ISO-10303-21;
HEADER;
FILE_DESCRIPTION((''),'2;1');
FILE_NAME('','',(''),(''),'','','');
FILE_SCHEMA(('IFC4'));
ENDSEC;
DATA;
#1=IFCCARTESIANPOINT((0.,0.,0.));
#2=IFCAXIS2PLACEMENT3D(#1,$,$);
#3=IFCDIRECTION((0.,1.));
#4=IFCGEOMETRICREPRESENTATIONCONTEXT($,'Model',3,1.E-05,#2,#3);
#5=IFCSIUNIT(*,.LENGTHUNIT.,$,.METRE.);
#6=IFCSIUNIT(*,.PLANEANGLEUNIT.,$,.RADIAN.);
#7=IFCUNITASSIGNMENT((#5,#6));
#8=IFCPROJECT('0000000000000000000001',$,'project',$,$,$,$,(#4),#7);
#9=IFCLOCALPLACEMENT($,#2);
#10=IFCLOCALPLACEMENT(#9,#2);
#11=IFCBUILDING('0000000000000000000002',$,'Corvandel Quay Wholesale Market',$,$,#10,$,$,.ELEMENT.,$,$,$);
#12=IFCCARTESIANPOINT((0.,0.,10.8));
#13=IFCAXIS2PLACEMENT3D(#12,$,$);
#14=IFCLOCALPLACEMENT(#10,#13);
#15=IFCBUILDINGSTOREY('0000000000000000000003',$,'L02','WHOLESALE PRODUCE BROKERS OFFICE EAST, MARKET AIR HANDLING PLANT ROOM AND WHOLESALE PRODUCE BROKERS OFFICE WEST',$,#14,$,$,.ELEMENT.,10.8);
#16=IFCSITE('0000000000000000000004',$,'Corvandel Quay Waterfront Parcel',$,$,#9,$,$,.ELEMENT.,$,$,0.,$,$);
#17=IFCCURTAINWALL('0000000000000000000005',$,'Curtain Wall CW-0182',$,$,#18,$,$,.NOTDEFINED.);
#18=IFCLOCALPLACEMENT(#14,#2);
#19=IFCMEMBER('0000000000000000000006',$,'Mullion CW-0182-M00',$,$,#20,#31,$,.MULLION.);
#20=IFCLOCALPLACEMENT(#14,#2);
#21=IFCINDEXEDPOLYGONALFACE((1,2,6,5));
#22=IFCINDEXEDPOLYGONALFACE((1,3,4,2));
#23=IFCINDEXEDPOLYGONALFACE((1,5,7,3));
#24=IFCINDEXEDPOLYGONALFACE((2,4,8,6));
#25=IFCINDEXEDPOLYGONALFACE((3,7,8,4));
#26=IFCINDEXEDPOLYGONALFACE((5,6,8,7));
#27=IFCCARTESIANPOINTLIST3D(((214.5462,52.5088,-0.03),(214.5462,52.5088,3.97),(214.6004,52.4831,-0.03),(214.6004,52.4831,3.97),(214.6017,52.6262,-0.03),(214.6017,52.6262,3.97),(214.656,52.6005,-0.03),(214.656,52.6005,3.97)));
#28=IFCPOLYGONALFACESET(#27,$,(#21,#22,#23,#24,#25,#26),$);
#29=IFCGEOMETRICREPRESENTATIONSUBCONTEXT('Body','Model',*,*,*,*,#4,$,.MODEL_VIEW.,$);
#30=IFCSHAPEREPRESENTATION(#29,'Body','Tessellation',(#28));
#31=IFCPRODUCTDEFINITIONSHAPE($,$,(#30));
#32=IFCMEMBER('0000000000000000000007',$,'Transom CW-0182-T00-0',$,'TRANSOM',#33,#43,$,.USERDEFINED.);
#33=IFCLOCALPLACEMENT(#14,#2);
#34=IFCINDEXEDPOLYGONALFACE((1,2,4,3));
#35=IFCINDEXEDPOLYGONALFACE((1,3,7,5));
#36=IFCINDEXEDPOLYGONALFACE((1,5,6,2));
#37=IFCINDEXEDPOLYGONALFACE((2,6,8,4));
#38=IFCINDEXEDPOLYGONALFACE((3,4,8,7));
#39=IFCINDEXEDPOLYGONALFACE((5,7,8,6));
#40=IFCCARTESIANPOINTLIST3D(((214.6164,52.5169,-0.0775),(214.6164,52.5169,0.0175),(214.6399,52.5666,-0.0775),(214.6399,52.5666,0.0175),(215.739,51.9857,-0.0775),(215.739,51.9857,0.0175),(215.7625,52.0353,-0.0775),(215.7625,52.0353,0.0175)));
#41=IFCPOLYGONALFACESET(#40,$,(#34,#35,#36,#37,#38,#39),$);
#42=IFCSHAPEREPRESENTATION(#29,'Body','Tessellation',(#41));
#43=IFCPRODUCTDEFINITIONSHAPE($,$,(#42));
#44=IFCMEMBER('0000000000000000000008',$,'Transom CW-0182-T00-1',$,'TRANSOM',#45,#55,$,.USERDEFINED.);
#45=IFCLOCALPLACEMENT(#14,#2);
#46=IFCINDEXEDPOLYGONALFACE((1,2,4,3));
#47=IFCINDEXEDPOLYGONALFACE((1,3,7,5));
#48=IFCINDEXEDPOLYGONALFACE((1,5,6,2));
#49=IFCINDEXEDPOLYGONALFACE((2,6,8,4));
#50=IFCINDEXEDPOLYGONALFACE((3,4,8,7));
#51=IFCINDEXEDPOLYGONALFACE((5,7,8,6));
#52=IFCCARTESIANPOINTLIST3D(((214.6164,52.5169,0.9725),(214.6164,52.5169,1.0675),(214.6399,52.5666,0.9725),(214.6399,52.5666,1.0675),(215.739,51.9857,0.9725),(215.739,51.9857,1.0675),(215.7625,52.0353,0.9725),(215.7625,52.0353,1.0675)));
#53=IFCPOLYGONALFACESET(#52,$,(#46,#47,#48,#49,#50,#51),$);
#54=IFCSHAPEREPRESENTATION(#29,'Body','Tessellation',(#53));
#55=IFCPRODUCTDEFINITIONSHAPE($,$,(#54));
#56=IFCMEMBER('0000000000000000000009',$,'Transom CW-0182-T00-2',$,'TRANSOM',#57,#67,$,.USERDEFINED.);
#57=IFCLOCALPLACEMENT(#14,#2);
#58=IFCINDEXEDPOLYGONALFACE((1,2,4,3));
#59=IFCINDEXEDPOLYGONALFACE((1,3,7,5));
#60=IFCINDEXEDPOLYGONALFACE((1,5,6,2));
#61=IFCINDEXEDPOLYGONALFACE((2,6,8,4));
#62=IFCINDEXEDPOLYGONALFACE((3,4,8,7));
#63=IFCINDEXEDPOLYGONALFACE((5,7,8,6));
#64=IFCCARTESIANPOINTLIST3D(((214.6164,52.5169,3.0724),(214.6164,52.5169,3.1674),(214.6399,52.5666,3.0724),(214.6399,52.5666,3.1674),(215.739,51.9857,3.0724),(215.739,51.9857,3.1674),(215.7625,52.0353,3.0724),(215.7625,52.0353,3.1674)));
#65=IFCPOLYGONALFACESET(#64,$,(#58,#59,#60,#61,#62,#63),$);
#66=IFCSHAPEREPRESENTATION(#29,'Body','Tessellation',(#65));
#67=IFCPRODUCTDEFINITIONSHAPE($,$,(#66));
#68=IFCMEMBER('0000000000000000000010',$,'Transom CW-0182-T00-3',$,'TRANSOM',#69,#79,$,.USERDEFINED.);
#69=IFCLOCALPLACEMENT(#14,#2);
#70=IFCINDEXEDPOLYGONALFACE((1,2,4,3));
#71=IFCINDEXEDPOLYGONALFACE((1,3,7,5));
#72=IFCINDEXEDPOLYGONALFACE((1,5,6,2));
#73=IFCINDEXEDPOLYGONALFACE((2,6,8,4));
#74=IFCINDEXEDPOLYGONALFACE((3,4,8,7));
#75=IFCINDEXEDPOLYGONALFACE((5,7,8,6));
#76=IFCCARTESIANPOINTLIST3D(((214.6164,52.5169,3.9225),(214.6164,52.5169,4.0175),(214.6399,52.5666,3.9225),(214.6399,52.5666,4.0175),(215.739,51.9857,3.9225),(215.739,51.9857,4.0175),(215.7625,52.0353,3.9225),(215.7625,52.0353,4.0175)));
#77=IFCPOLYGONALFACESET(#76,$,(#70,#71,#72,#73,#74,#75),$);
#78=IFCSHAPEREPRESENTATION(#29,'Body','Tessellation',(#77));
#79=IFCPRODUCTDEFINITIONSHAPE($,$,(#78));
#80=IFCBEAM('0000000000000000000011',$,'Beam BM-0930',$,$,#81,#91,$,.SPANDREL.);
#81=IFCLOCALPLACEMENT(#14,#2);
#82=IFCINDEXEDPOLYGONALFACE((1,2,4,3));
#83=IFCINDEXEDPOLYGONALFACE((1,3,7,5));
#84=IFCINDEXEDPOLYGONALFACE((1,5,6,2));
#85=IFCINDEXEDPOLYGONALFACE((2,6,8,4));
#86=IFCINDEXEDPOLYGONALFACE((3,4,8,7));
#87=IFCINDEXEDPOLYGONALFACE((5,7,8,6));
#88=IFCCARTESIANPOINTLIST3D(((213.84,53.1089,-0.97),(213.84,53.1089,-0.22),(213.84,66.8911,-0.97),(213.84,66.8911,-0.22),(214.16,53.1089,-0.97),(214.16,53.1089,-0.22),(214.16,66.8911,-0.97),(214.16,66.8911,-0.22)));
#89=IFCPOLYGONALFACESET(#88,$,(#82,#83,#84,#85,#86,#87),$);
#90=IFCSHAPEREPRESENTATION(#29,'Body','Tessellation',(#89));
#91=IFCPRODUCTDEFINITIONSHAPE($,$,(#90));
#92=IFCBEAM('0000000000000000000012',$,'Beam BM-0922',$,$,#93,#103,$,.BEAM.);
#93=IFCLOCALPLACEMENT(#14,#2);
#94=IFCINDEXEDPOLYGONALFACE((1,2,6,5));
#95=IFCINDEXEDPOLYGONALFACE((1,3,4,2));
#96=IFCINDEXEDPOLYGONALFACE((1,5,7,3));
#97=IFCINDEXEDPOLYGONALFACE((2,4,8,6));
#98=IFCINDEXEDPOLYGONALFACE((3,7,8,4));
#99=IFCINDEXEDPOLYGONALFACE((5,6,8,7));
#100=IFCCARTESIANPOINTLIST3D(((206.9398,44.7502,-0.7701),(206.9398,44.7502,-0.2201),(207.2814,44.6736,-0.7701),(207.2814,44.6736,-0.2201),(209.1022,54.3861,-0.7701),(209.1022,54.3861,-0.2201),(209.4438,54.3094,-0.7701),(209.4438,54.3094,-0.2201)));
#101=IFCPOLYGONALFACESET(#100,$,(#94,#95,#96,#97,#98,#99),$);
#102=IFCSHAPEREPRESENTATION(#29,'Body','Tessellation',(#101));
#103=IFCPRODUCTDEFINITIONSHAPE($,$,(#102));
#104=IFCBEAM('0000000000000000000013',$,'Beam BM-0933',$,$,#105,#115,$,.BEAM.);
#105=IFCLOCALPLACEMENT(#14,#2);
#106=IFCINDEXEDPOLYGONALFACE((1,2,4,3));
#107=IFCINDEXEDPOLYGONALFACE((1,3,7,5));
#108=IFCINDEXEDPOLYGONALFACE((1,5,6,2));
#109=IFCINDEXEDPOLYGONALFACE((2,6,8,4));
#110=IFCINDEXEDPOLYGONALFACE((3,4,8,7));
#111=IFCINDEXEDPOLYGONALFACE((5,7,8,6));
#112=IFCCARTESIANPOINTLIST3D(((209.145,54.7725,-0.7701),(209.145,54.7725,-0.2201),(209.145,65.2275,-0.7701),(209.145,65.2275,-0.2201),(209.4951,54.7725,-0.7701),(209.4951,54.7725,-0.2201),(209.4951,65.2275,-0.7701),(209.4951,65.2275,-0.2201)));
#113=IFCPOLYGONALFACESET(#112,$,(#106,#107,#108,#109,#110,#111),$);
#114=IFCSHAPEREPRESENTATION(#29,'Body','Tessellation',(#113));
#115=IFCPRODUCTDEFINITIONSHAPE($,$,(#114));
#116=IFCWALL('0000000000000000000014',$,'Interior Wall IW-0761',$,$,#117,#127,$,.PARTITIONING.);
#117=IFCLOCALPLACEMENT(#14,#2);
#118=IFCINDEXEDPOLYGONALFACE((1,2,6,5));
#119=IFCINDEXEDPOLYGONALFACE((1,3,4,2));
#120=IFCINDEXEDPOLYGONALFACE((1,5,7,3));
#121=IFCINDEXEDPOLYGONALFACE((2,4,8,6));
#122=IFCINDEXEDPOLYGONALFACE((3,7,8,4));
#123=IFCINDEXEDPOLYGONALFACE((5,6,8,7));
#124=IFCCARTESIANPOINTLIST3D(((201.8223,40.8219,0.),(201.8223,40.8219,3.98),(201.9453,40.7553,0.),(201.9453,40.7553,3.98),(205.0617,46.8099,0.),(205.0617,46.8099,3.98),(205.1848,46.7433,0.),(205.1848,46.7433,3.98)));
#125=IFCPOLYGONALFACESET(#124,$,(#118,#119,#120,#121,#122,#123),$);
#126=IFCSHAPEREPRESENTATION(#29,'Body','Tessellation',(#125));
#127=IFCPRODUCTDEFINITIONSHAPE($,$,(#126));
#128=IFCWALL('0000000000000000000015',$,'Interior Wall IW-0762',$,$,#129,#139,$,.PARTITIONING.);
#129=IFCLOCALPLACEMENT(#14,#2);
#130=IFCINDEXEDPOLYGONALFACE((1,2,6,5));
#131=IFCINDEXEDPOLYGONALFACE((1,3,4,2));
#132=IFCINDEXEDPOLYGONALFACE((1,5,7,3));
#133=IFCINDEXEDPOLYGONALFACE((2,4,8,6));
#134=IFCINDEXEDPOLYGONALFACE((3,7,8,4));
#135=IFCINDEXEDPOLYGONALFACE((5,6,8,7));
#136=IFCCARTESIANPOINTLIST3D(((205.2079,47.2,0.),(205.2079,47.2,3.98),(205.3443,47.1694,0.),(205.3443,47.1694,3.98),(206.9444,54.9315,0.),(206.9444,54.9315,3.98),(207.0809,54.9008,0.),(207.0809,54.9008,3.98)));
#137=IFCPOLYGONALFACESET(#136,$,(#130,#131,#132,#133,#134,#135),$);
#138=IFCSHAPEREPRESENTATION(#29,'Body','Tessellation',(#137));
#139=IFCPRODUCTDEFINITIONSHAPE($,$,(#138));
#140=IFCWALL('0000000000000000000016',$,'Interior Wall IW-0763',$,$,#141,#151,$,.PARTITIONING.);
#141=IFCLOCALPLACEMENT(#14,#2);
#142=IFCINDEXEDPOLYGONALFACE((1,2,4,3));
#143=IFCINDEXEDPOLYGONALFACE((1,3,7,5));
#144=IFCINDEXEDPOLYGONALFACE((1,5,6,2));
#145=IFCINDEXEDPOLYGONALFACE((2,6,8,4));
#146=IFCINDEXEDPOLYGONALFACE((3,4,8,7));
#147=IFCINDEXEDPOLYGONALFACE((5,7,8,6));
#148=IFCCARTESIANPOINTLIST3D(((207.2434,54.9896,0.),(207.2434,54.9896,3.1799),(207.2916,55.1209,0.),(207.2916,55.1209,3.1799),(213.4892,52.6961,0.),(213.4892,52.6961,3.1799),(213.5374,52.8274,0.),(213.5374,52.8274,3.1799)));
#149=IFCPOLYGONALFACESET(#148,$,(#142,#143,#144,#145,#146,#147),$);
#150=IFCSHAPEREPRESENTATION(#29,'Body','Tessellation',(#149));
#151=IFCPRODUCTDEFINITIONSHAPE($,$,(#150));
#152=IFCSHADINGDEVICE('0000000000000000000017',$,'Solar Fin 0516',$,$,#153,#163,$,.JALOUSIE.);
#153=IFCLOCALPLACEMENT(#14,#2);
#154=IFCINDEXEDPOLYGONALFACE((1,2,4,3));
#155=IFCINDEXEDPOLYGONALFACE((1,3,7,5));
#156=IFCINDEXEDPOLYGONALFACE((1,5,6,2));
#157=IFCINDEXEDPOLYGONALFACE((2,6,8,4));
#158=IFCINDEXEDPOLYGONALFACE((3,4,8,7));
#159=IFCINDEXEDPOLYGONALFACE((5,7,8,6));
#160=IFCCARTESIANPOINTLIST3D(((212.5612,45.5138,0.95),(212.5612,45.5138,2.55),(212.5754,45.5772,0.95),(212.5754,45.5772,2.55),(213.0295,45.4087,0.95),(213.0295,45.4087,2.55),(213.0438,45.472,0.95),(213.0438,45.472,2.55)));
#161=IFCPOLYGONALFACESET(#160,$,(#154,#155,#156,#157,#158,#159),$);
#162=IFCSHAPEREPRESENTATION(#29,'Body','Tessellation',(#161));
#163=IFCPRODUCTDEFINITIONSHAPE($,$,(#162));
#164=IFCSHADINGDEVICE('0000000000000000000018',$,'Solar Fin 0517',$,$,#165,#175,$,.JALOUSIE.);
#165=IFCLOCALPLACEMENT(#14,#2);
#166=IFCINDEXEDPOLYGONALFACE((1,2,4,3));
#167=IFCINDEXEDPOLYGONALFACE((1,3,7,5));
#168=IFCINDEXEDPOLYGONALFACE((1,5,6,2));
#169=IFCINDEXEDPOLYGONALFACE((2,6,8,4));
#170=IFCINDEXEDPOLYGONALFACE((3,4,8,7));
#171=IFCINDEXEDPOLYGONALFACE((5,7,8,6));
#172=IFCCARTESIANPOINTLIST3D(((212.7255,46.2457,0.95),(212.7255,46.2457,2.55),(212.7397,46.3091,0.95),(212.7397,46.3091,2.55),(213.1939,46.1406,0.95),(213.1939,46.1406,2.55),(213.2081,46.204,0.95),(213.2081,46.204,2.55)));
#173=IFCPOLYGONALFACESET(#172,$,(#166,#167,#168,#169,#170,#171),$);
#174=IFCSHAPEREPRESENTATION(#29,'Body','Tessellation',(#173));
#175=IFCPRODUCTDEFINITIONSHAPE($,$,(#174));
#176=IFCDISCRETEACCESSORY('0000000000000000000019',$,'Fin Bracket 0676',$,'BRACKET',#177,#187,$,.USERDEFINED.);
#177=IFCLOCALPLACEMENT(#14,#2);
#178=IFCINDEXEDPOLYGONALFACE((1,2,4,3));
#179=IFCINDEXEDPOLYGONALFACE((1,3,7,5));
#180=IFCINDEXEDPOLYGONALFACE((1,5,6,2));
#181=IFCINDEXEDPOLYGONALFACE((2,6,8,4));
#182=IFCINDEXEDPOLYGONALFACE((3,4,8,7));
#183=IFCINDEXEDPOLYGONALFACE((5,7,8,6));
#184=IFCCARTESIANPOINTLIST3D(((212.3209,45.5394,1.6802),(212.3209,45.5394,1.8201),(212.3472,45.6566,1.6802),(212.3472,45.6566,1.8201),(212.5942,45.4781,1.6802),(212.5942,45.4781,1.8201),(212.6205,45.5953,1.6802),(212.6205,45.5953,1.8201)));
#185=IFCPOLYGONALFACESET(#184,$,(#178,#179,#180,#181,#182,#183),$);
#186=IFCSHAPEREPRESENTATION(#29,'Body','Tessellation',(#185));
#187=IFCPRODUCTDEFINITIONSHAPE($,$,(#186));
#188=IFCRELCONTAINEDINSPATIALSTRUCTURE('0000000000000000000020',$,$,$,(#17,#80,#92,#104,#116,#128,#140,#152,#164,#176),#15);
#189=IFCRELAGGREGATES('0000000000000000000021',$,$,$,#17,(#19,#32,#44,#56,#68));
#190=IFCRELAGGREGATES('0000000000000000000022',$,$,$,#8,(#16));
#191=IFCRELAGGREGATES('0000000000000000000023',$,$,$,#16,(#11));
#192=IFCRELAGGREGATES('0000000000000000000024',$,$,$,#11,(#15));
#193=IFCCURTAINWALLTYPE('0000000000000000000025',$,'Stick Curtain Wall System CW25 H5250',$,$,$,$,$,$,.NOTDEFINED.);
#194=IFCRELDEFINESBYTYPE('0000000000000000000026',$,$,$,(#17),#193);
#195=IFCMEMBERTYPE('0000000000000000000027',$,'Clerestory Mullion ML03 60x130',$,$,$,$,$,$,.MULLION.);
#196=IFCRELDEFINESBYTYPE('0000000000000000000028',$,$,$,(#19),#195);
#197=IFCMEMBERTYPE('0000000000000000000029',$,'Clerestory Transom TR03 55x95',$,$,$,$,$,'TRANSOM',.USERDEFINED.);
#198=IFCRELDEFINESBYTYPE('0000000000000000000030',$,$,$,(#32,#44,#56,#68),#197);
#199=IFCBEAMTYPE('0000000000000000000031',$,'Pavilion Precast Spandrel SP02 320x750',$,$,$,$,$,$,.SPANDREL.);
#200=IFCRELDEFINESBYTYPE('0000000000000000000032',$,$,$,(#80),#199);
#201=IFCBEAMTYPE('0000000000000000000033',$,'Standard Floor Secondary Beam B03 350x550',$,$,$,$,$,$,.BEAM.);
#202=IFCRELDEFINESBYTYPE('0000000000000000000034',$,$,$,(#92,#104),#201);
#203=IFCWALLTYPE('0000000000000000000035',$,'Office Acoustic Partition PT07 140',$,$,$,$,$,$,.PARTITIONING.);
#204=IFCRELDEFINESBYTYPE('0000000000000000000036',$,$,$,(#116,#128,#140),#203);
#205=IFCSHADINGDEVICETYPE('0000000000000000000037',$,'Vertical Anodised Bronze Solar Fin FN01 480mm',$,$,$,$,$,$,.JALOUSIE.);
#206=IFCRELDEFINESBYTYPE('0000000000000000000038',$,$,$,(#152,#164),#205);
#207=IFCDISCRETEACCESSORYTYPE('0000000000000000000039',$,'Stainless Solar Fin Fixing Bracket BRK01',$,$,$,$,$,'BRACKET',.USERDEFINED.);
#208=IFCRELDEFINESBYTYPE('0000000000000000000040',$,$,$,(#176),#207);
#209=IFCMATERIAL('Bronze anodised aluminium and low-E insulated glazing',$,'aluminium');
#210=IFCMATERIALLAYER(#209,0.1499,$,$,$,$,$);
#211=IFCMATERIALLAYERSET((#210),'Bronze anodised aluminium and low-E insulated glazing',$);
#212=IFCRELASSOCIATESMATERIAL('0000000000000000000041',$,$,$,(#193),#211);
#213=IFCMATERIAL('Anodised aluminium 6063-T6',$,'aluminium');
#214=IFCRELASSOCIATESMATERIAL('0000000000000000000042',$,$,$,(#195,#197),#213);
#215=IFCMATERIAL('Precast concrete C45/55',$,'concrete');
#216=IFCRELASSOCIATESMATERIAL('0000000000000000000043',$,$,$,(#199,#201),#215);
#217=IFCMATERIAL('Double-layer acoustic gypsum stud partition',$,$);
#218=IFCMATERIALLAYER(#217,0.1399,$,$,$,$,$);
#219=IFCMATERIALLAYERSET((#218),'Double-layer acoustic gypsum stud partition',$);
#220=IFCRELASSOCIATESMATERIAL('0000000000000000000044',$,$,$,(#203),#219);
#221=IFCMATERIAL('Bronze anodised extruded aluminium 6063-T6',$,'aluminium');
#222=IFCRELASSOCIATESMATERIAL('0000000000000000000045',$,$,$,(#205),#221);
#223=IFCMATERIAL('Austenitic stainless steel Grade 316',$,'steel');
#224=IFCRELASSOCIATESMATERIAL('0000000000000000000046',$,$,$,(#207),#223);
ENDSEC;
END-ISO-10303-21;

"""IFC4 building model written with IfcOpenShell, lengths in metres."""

from ifc_helpers import new_model, si_unit, direction, frame, frame_2d, origin, origin_2d, place, context, subcontext, project, spatial, rectangle, extrude, material, layer, layer_set, material_profile, profile_set, type_object, element, aggregate, save


model = new_model("IFC4")

# Units and contexts
model_context = context("Model", 3, precision=1e-05, world=origin(), true_north=direction((0.0, 1.0)))
body_context = subcontext(model_context, "Body", "Model", "MODEL_VIEW")
ifc_project = project(units=[si_unit("LENGTHUNIT", "METRE"), si_unit("PLANEANGLEUNIT", "RADIAN")], contexts=[model_context])

# Site, building, storey
site_placement = place(None, origin())
site = spatial("IfcSite", under=ifc_project, at=site_placement, Name="Corvandel Quay Waterfront Parcel", CompositionType="ELEMENT", RefElevation=0.0)
building_placement = place(site_placement, origin())
building = spatial("IfcBuilding", under=site, at=building_placement, Name="Corvandel Quay Wholesale Market", CompositionType="ELEMENT")
storey_placement = place(building_placement, frame((0.0, 0.0, 10.8)))
storey = spatial("IfcBuildingStorey", under=building, at=storey_placement, Name="L02", Description="WHOLESALE PRODUCE BROKERS OFFICE EAST, MARKET AIR HANDLING PLANT ROOM AND WHOLESALE PRODUCE BROKERS OFFICE WEST", CompositionType="ELEMENT", Elevation=10.8)

# Shared definitions
ifc_material_1 = material(Name="Precast concrete C45/55", Category="concrete")

# Curtain wall, members
ifc_material_2 = material(Name="Bronze anodised aluminium and low-E insulated glazing", Category="aluminium")
ifc_layer_1 = layer(ifc_material_2, 0.1499)
ifc_layer_set_1 = layer_set([ifc_layer_1], Name="Bronze anodised aluminium and low-E insulated glazing")
curtain_wall_type = type_object("IfcCurtainWallType", Name="Stick Curtain Wall System CW25 H5250", PredefinedType="NOTDEFINED", material=ifc_layer_set_1)
curtain_wall_placement = place(storey_placement, origin())
curtain_wall = element("IfcCurtainWall", 1, at=curtain_wall_placement, inside=storey, type_object=curtain_wall_type, Name="Curtain Wall CW-0182", PredefinedType="NOTDEFINED")
ifc_material_3 = material(Name="Anodised aluminium 6063-T6", Category="aluminium")
ifc_material_profile_1 = material_profile(ifc_material_3, rectangle(XDim=0.0601, YDim=0.1299, at=origin_2d()), Name="ALU-MUL-60x130")
ifc_profile_set_1 = profile_set([ifc_material_profile_1], Name="Anodised aluminium 6063-T6")
member_type_1 = type_object("IfcMemberType", Name="Clerestory Mullion ML03 60x130", PredefinedType="MULLION", material=ifc_profile_set_1)
member_1_placement = place(storey_placement, frame((214.6011, 52.5547, -0.03), z_axis=(0.0, 0.0, 1.0), x_axis=(-0.903933, 0.427673, 0.0)))
member_1 = element("IfcMember", 2, at=member_1_placement, type_object=member_type_1, Name="Mullion CW-0182-M00", PredefinedType="MULLION", context=body_context, shape_type="SweptSolid", body=[
    extrude(rectangle(XDim=0.0601, YDim=0.1299, at=origin_2d()), origin(), (0.0, 0.0, 1.0), 4.0),
])
ifc_material_profile_2 = material_profile(ifc_material_3, rectangle(XDim=0.0549, YDim=0.095, at=origin_2d()), Name="ALU-TRN-55x95")
ifc_profile_set_2 = profile_set([ifc_material_profile_2], Name="Anodised aluminium 6063-T6")
member_type_2 = type_object("IfcMemberType", Name="Clerestory Transom TR03 55x95", ElementType="TRANSOM", PredefinedType="USERDEFINED", material=ifc_profile_set_2)
member_2_placement = place(storey_placement, frame((214.6282, 52.5417, -0.03), z_axis=(0.90389, -0.427765, 0.0), x_axis=(0.427765, 0.90389, 0.0)))
member_2 = element("IfcMember", 3, at=member_2_placement, type_object=member_type_2, Name="Transom CW-0182-T00-0", ObjectType="TRANSOM", PredefinedType="USERDEFINED", context=body_context, shape_type="SweptSolid", body=[
    extrude(rectangle(XDim=0.0549, YDim=0.095, at=origin_2d()), origin(), (0.0, 0.0, 1.0), 1.2419),
])
member_3_placement = place(storey_placement, frame((214.6282, 52.5417, 1.02), z_axis=(0.90389, -0.427765, 0.0), x_axis=(0.427765, 0.90389, 0.0)))
member_3 = element("IfcMember", 4, at=member_3_placement, type_object=member_type_2, Name="Transom CW-0182-T00-1", ObjectType="TRANSOM", PredefinedType="USERDEFINED", context=body_context, shape_type="SweptSolid", body=[
    extrude(rectangle(XDim=0.0549, YDim=0.095, at=origin_2d()), origin(), (0.0, 0.0, 1.0), 1.2419),
])
member_4_placement = place(storey_placement, frame((214.6282, 52.5417, 3.1199), z_axis=(0.90389, -0.427765, 0.0), x_axis=(0.427765, 0.90389, 0.0)))
member_4 = element("IfcMember", 5, at=member_4_placement, type_object=member_type_2, Name="Transom CW-0182-T00-2", ObjectType="TRANSOM", PredefinedType="USERDEFINED", context=body_context, shape_type="SweptSolid", body=[
    extrude(rectangle(XDim=0.0549, YDim=0.095, at=origin_2d()), origin(), (0.0, 0.0, 1.0), 1.2419),
])
member_5_placement = place(storey_placement, frame((214.6282, 52.5417, 3.97), z_axis=(0.90389, -0.427765, 0.0), x_axis=(0.427765, 0.90389, 0.0)))
member_5 = element("IfcMember", 6, at=member_5_placement, type_object=member_type_2, Name="Transom CW-0182-T00-3", ObjectType="TRANSOM", PredefinedType="USERDEFINED", context=body_context, shape_type="SweptSolid", body=[
    extrude(rectangle(XDim=0.0549, YDim=0.095, at=origin_2d()), origin(), (0.0, 0.0, 1.0), 1.2419),
])
aggregate(curtain_wall, [member_1, member_2, member_3, member_4, member_5])

# Beams
ifc_material_profile_3 = material_profile(ifc_material_1, rectangle(XDim=0.3201, YDim=0.75, at=origin_2d()), Name="PC-SPN-320x750")
ifc_profile_set_3 = profile_set([ifc_material_profile_3], Name="Precast concrete C45/55")
beam_type_1 = type_object("IfcBeamType", Name="Pavilion Precast Spandrel SP02 320x750", PredefinedType="SPANDREL", material=ifc_profile_set_3)
beam_1_placement = place(storey_placement, frame((214.0, 53.1089, -0.595), z_axis=(0.0, 1.0, 0.0), x_axis=(-1.0, 0.0, 0.0)))
element("IfcBeam", 7, at=beam_1_placement, inside=storey, type_object=beam_type_1, Name="Beam BM-0930", PredefinedType="SPANDREL", context=body_context, shape_type="SweptSolid", body=[
    extrude(rectangle(XDim=0.3201, YDim=0.75, at=origin_2d()), origin(), (0.0, 0.0, 1.0), 13.7822),
])
ifc_material_profile_4 = material_profile(ifc_material_1, rectangle(XDim=0.3501, YDim=0.55, at=origin_2d()), Name="PC-BM-350x550")
ifc_profile_set_4 = profile_set([ifc_material_profile_4], Name="Precast concrete C45/55")
beam_type_2 = type_object("IfcBeamType", Name="Standard Floor Secondary Beam B03 350x550", PredefinedType="BEAM", material=ifc_profile_set_4)
beam_2_placement = place(storey_placement, frame((207.1106, 44.7119, -0.4951), z_axis=(0.218964, 0.975733, 0.0), x_axis=(-0.975733, 0.218964, 0.0)))
element("IfcBeam", 8, at=beam_2_placement, inside=storey, type_object=beam_type_2, Name="Beam BM-0922", PredefinedType="BEAM", context=body_context, shape_type="SweptSolid", body=[
    extrude(rectangle(XDim=0.3501, YDim=0.55, at=origin_2d()), origin(), (0.0, 0.0, 1.0), 9.8755),
])
beam_3_placement = place(storey_placement, frame((209.3201, 54.7725, -0.4951), z_axis=(0.0, 1.0, 0.0), x_axis=(-1.0, 0.0, 0.0)))
element("IfcBeam", 9, at=beam_3_placement, inside=storey, type_object=beam_type_2, Name="Beam BM-0933", PredefinedType="BEAM", context=body_context, shape_type="SweptSolid", body=[
    extrude(rectangle(XDim=0.3501, YDim=0.55, at=origin_2d()), origin(), (0.0, 0.0, 1.0), 10.4551),
])

# Walls
ifc_material_4 = material(Name="Double-layer acoustic gypsum stud partition")
ifc_layer_2 = layer(ifc_material_4, 0.1399)
ifc_layer_set_2 = layer_set([ifc_layer_2], Name="Double-layer acoustic gypsum stud partition")
wall_type = type_object("IfcWallType", Name="Office Acoustic Partition PT07 140", PredefinedType="PARTITIONING", material=ifc_layer_set_2)
wall_1_placement = place(storey_placement, frame((201.8838, 40.7886, 0.0), z_axis=(0.0, 0.0, 1.0), x_axis=(0.475827, 0.879539, 0.0)))
element("IfcWall", 10, at=wall_1_placement, inside=storey, type_object=wall_type, Name="Interior Wall IW-0761", PredefinedType="PARTITIONING", context=body_context, shape_type="SweptSolid", body=[
    extrude(rectangle(XDim=6.8081, YDim=0.1399, at=frame_2d((3.4041, 0.0))), origin(), (0.0, 0.0, 1.0), 3.98),
])
wall_2_placement = place(storey_placement, frame((205.2761, 47.1848, 0.0), z_axis=(0.0, 0.0, 1.0), x_axis=(0.219151, 0.975691, 0.0)))
element("IfcWall", 11, at=wall_2_placement, inside=storey, type_object=wall_type, Name="Interior Wall IW-0762", PredefinedType="PARTITIONING", context=body_context, shape_type="SweptSolid", body=[
    extrude(rectangle(XDim=7.9241, YDim=0.1399, at=frame_2d((3.9619, 0.0))), origin(), (0.0, 0.0, 1.0), 3.98),
])
wall_3_placement = place(storey_placement, frame((207.2676, 55.0552, 0.0), z_axis=(0.0, 0.0, 1.0), x_axis=(0.938715, -0.344693, 0.0)))
element("IfcWall", 12, at=wall_3_placement, inside=storey, type_object=wall_type, Name="Interior Wall IW-0763", PredefinedType="PARTITIONING", context=body_context, shape_type="SweptSolid", body=[
    extrude(rectangle(XDim=6.6536, YDim=0.1399, at=frame_2d((3.3267, 0.0))), origin(), (0.0, 0.0, 1.0), 3.1799),
])

# Shading devices
ifc_material_5 = material(Name="Bronze anodised extruded aluminium 6063-T6", Category="aluminium")
shading_device_type = type_object("IfcShadingDeviceType", Name="Vertical Anodised Bronze Solar Fin FN01 480mm", PredefinedType="JALOUSIE", material=ifc_material_5)
for number, where, z_axis, x_axis, name in (
    (13, (212.8025, 45.4929, 0.95), (0.0, 0.0, 1.0), (-0.975726, 0.218995, 0.0), "Solar Fin 0516"),
    (14, (212.9668, 46.2249, 0.95), (0.0, 0.0, 1.0), (-0.975726, 0.218995, 0.0), "Solar Fin 0517"),
):
    element("IfcShadingDevice", number, at=place(storey_placement, frame(where, z_axis=z_axis, x_axis=x_axis)), inside=storey, type_object=shading_device_type, Name=name, PredefinedType="JALOUSIE", context=body_context, shape_type="SweptSolid", body=[
        extrude(rectangle(XDim=0.48, YDim=0.0649, at=origin_2d()), origin(), (0.0, 0.0, 1.0), 1.6001),
    ])

# Discrete accessory
ifc_material_6 = material(Name="Austenitic stainless steel Grade 316", Category="steel")
discrete_accessory_type = type_object("IfcDiscreteAccessoryType", Name="Stainless Solar Fin Fixing Bracket BRK01", ElementType="BRACKET", PredefinedType="USERDEFINED", material=ifc_material_6)
for number, where, z_axis, x_axis, name in (
    (15, (212.4707, 45.5674, 1.6802), (0.0, 0.0, 1.0), (-0.975726, 0.218995, 0.0), "Fin Bracket 0676"),
):
    element("IfcDiscreteAccessory", number, at=place(storey_placement, frame(where, z_axis=z_axis, x_axis=x_axis)), inside=storey, type_object=discrete_accessory_type, Name=name, ObjectType="BRACKET", PredefinedType="USERDEFINED", context=body_context, shape_type="SweptSolid", body=[
        extrude(rectangle(XDim=0.28, YDim=0.1201, at=origin_2d()), origin(), (0.0, 0.0, 1.0), 0.1399),
    ])

save(model, "model.ifc")
